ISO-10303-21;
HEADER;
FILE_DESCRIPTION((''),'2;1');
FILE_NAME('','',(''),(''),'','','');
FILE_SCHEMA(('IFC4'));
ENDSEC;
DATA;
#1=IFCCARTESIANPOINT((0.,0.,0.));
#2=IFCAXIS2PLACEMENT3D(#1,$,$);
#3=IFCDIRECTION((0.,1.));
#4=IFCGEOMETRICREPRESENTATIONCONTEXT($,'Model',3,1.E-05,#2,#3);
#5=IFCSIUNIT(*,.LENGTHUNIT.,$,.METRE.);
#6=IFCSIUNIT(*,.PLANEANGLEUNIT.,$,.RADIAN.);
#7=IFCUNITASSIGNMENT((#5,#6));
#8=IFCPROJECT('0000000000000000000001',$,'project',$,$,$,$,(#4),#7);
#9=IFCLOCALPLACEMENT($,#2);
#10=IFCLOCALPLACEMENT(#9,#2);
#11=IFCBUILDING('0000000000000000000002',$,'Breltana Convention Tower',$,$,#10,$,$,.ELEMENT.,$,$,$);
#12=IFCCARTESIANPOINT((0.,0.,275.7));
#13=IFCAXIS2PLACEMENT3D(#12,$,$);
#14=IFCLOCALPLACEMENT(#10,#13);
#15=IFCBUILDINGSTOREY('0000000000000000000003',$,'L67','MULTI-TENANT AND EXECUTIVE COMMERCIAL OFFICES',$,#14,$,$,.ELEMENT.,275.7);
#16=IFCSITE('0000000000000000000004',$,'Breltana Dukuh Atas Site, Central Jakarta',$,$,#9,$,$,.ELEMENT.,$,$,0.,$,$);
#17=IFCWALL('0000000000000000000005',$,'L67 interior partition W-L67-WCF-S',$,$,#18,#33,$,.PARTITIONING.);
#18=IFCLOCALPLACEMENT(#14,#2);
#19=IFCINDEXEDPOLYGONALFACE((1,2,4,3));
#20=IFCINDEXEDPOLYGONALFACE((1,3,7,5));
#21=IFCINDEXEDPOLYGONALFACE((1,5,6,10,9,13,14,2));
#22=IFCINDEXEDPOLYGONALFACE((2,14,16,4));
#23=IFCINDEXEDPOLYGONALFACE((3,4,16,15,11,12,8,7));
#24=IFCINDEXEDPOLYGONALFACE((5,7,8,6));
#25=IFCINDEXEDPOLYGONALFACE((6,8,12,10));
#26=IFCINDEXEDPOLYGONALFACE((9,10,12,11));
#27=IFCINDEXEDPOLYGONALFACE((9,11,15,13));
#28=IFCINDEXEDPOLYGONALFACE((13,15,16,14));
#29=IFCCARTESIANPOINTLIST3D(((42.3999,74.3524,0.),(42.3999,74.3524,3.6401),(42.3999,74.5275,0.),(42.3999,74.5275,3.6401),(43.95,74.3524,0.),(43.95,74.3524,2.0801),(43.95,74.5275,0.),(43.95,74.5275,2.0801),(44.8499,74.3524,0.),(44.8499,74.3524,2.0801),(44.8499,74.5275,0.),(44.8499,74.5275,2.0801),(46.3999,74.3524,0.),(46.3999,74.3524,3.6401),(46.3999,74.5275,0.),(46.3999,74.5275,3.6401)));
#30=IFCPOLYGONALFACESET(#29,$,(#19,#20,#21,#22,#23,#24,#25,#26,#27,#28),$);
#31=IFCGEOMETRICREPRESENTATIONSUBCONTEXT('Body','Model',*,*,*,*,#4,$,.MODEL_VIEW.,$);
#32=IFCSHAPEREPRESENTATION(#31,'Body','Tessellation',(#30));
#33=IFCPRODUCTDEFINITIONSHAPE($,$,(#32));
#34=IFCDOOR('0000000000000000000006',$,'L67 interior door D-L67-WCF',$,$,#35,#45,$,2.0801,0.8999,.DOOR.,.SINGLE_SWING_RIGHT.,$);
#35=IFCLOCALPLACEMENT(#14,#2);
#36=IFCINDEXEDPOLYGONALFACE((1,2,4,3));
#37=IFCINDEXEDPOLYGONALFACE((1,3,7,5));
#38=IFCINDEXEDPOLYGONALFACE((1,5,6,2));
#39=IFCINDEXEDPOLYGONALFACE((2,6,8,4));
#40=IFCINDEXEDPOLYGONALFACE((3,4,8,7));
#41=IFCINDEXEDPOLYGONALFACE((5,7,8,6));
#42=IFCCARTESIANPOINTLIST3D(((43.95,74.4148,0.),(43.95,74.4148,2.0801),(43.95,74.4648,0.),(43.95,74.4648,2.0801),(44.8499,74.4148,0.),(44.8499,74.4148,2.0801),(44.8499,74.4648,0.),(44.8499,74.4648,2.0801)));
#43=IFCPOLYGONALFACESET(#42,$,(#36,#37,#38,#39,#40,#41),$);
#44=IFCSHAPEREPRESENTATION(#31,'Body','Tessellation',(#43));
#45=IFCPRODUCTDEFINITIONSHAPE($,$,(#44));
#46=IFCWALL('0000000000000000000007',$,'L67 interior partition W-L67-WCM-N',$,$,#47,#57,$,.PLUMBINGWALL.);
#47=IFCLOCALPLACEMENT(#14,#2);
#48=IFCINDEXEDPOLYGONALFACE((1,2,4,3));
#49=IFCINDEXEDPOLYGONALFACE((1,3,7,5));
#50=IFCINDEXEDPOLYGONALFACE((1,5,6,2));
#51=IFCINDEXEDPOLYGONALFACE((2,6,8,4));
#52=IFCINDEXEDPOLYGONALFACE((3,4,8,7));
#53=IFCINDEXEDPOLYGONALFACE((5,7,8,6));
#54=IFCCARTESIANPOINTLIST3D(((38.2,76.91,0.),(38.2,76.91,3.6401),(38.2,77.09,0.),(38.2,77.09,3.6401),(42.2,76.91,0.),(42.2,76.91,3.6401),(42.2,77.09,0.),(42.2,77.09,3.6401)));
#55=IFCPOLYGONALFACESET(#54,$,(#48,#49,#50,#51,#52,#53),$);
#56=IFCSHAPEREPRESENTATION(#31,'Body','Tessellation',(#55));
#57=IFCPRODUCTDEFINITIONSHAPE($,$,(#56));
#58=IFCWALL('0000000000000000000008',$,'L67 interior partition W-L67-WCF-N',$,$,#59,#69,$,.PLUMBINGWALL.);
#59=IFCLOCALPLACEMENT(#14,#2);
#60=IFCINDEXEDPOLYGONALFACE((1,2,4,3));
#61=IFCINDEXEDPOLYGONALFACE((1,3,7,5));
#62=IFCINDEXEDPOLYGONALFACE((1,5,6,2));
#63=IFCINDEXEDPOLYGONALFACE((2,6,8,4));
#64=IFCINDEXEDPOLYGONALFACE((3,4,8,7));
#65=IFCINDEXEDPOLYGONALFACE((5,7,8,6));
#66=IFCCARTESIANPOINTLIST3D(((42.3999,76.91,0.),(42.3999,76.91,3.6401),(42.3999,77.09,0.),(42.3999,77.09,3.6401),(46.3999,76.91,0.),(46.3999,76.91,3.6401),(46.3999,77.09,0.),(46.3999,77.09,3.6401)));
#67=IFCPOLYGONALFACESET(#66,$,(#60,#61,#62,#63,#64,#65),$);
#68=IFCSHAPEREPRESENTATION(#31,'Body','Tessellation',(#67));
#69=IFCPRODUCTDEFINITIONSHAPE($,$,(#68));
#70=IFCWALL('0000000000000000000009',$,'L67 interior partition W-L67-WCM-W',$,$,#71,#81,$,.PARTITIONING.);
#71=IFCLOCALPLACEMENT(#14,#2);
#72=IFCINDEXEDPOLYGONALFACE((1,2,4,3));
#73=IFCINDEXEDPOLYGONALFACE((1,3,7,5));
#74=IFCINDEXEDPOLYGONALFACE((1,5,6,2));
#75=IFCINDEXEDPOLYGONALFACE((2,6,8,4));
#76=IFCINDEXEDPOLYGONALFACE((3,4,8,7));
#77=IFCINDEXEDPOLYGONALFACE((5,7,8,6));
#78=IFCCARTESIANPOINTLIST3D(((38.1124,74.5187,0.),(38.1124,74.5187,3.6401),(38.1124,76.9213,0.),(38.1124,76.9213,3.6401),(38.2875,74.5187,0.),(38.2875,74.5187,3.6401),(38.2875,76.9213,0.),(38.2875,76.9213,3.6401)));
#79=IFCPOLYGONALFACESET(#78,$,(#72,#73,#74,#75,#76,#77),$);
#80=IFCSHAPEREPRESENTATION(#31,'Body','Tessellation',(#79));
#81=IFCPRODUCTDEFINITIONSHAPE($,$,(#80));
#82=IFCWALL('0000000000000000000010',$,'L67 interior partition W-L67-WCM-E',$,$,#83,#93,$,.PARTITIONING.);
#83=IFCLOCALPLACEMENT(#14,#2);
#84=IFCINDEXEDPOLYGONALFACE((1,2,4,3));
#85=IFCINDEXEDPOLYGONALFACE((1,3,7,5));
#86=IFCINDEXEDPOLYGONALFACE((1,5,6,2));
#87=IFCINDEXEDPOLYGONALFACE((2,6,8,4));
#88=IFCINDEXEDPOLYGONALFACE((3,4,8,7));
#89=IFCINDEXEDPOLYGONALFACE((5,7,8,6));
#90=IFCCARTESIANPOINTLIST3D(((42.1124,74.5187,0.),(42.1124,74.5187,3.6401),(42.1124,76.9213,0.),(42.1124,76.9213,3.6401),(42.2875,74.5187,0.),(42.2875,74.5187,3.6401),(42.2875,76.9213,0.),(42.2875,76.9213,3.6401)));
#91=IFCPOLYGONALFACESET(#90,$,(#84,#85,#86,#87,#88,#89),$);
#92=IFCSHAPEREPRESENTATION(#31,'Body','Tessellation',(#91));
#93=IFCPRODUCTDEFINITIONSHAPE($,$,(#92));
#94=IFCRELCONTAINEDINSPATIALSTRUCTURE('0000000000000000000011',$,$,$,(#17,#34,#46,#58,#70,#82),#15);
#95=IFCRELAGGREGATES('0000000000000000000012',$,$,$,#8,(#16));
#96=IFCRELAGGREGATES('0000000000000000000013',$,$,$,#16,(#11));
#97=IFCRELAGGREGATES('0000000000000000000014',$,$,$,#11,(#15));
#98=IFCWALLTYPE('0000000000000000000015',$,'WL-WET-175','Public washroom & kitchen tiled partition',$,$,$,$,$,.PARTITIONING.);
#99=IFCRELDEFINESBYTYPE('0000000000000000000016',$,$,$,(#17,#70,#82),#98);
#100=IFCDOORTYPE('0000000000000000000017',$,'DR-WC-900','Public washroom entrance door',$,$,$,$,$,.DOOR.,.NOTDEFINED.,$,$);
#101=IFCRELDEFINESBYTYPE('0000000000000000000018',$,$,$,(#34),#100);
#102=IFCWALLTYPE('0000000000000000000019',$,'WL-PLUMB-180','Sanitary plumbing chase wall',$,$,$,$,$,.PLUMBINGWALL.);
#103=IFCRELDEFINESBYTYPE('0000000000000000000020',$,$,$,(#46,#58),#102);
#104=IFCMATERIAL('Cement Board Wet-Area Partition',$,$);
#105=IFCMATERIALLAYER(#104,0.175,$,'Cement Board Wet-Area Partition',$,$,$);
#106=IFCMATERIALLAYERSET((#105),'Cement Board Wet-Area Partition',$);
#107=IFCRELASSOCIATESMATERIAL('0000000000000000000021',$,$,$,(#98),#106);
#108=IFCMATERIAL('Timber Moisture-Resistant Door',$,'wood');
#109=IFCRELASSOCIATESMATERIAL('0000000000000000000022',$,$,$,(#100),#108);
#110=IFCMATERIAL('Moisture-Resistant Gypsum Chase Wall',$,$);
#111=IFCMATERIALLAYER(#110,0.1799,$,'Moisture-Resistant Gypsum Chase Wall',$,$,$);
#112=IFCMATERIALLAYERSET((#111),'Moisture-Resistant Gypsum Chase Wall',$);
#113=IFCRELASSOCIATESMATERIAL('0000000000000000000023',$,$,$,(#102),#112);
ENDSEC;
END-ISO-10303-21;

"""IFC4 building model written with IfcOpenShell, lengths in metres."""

from ifc_helpers import new_model, si_unit, direction, frame, frame_2d, origin, place, context, subcontext, project, spatial, rectangle, extrude, source, transform, mapped, material, layer, layer_set, type_object, type_shapes, element, fill, save


model = new_model("IFC4")

# Units and contexts
model_context = context("Model", 3, precision=1e-05, world=origin(), true_north=direction((0.0, 1.0)))
body_context = subcontext(model_context, "Body", "Model", "MODEL_VIEW")
ifc_project = project(units=[si_unit("LENGTHUNIT", "METRE"), si_unit("PLANEANGLEUNIT", "RADIAN")], contexts=[model_context])

# Site, building, storey
site_placement = place(None, origin())
site = spatial("IfcSite", under=ifc_project, at=site_placement, Name="Breltana Dukuh Atas Site, Central Jakarta", CompositionType="ELEMENT", RefElevation=0.0)
building_placement = place(site_placement, origin())
building = spatial("IfcBuilding", under=site, at=building_placement, Name="Breltana Convention Tower", CompositionType="ELEMENT")
storey_placement = place(building_placement, frame((0.0, 0.0, 275.7)))
storey = spatial("IfcBuildingStorey", under=building, at=storey_placement, Name="L67", Description="MULTI-TENANT AND EXECUTIVE COMMERCIAL OFFICES", CompositionType="ELEMENT", Elevation=275.7)

# Wall, opening, door
ifc_material_1 = material(Name="Cement Board Wet-Area Partition")
ifc_layer_1 = layer(ifc_material_1, 0.175, Name="Cement Board Wet-Area Partition")
ifc_layer_set_1 = layer_set([ifc_layer_1], Name="Cement Board Wet-Area Partition")
wall_type_1 = type_object("IfcWallType", Name="WL-WET-175", Description="Public washroom & kitchen tiled partition", PredefinedType="PARTITIONING", material=ifc_layer_set_1)
shared_shape_1 = source(origin(), body_context, "Body", "SweptSolid", [
    extrude(rectangle(XDim=4.0, YDim=0.175, at=frame_2d((2.0, 0.0))), origin(), (0.0, 0.0, 1.0), 3.6401),
])
ifc_material_2 = material(Name="Timber Moisture-Resistant Door", Category="wood")
door_type = type_object("IfcDoorType", Name="DR-WC-900", Description="Public washroom entrance door", OperationType="NOTDEFINED", PredefinedType="DOOR", material=ifc_material_2)
shared_shape_2 = source(origin(), body_context, "Body", "SweptSolid", [
    extrude(rectangle(XDim=0.8999, YDim=2.0801, at=frame_2d((0.45, 1.04))), frame((0.0, 0.0249, 0.0), z_axis=(0.0, -1.0, 0.0), x_axis=(1.0, 0.0, 0.0)), (0.0, 0.0, 1.0), 0.05),
])
type_shapes(door_type, [shared_shape_2])
wall_1_placement = place(storey_placement, frame((42.3999, 74.4399, 0.0), z_axis=(0.0, 0.0, 1.0), x_axis=(1.0, 0.0, 0.0)))
wall_1 = element("IfcWall", 1, at=wall_1_placement, inside=storey, type_object=wall_type_1, Name="L67 interior partition W-L67-WCF-S", PredefinedType="PARTITIONING", context=body_context, shape_type="MappedRepresentation", body=[
    mapped(shared_shape_1, transform((0.0, 0.0, 0.0), scale=1.0)),
])
opening_1_placement = place(wall_1_placement, frame((1.55, 0.0, 0.0)))
opening_1 = element("IfcOpeningElement", 2, at=opening_1_placement, cuts=wall_1, PredefinedType="OPENING", context=body_context, shape_type="SweptSolid", body=[
    extrude(rectangle(XDim=0.8999, YDim=2.0801, at=frame_2d((0.45, 1.04))), frame((0.0, 0.0977, 0.0), z_axis=(0.0, -1.0, 0.0), x_axis=(1.0, 0.0, 0.0)), (0.0, 0.0, 1.0), 0.1951),
])
door_1_placement = place(opening_1_placement, origin())
door_1 = element("IfcDoor", 3, at=door_1_placement, inside=storey, type_object=door_type, Name="L67 interior door D-L67-WCF", OperationType="SINGLE_SWING_RIGHT", OverallHeight=2.0801, OverallWidth=0.8999, PredefinedType="DOOR", context=body_context, shape_type="MappedRepresentation", body=[
    mapped(shared_shape_2, transform((0.0, 0.0, 0.0), scale=1.0)),
])
fill(opening_1, door_1)

# Walls
ifc_material_3 = material(Name="Moisture-Resistant Gypsum Chase Wall")
ifc_layer_2 = layer(ifc_material_3, 0.1799, Name="Moisture-Resistant Gypsum Chase Wall")
ifc_layer_set_2 = layer_set([ifc_layer_2], Name="Moisture-Resistant Gypsum Chase Wall")
wall_type_2 = type_object("IfcWallType", Name="WL-PLUMB-180", Description="Sanitary plumbing chase wall", PredefinedType="PLUMBINGWALL", material=ifc_layer_set_2)
shared_shape_3 = source(origin(), body_context, "Body", "SweptSolid", [
    extrude(rectangle(XDim=4.0, YDim=0.1799, at=frame_2d((2.0, 0.0))), origin(), (0.0, 0.0, 1.0), 3.6401),
])
for number, where, z_axis, x_axis, name in (
    (4, (38.2, 77.0, 0.0), (0.0, 0.0, 1.0), (1.0, 0.0, 0.0), "L67 interior partition W-L67-WCM-N"),
    (5, (42.3999, 77.0, 0.0), (0.0, 0.0, 1.0), (1.0, 0.0, 0.0), "L67 interior partition W-L67-WCF-N"),
):
    element("IfcWall", number, at=place(storey_placement, frame(where, z_axis=z_axis, x_axis=x_axis)), inside=storey, type_object=wall_type_2, Name=name, PredefinedType="PLUMBINGWALL", context=body_context, shape_type="MappedRepresentation", body=[
        mapped(shared_shape_3, transform((0.0, 0.0, 0.0), scale=1.0)),
    ])
shared_shape_4 = source(origin(), body_context, "Body", "SweptSolid", [
    extrude(rectangle(XDim=2.4026, YDim=0.175, at=frame_2d((1.2012, 0.0))), origin(), (0.0, 0.0, 1.0), 3.6401),
])
for number, where, z_axis, x_axis, name in (
    (6, (38.2, 74.5188, 0.0), (0.0, 0.0, 1.0), (0.0, 1.0, 0.0), "L67 interior partition W-L67-WCM-W"),
    (7, (42.2, 74.5188, 0.0), (0.0, 0.0, 1.0), (0.0, 1.0, 0.0), "L67 interior partition W-L67-WCM-E"),
):
    element("IfcWall", number, at=place(storey_placement, frame(where, z_axis=z_axis, x_axis=x_axis)), inside=storey, type_object=wall_type_1, Name=name, PredefinedType="PARTITIONING", context=body_context, shape_type="MappedRepresentation", body=[
        mapped(shared_shape_4, transform((0.0, 0.0, 0.0), scale=1.0)),
    ])

save(model, "model.ifc")
